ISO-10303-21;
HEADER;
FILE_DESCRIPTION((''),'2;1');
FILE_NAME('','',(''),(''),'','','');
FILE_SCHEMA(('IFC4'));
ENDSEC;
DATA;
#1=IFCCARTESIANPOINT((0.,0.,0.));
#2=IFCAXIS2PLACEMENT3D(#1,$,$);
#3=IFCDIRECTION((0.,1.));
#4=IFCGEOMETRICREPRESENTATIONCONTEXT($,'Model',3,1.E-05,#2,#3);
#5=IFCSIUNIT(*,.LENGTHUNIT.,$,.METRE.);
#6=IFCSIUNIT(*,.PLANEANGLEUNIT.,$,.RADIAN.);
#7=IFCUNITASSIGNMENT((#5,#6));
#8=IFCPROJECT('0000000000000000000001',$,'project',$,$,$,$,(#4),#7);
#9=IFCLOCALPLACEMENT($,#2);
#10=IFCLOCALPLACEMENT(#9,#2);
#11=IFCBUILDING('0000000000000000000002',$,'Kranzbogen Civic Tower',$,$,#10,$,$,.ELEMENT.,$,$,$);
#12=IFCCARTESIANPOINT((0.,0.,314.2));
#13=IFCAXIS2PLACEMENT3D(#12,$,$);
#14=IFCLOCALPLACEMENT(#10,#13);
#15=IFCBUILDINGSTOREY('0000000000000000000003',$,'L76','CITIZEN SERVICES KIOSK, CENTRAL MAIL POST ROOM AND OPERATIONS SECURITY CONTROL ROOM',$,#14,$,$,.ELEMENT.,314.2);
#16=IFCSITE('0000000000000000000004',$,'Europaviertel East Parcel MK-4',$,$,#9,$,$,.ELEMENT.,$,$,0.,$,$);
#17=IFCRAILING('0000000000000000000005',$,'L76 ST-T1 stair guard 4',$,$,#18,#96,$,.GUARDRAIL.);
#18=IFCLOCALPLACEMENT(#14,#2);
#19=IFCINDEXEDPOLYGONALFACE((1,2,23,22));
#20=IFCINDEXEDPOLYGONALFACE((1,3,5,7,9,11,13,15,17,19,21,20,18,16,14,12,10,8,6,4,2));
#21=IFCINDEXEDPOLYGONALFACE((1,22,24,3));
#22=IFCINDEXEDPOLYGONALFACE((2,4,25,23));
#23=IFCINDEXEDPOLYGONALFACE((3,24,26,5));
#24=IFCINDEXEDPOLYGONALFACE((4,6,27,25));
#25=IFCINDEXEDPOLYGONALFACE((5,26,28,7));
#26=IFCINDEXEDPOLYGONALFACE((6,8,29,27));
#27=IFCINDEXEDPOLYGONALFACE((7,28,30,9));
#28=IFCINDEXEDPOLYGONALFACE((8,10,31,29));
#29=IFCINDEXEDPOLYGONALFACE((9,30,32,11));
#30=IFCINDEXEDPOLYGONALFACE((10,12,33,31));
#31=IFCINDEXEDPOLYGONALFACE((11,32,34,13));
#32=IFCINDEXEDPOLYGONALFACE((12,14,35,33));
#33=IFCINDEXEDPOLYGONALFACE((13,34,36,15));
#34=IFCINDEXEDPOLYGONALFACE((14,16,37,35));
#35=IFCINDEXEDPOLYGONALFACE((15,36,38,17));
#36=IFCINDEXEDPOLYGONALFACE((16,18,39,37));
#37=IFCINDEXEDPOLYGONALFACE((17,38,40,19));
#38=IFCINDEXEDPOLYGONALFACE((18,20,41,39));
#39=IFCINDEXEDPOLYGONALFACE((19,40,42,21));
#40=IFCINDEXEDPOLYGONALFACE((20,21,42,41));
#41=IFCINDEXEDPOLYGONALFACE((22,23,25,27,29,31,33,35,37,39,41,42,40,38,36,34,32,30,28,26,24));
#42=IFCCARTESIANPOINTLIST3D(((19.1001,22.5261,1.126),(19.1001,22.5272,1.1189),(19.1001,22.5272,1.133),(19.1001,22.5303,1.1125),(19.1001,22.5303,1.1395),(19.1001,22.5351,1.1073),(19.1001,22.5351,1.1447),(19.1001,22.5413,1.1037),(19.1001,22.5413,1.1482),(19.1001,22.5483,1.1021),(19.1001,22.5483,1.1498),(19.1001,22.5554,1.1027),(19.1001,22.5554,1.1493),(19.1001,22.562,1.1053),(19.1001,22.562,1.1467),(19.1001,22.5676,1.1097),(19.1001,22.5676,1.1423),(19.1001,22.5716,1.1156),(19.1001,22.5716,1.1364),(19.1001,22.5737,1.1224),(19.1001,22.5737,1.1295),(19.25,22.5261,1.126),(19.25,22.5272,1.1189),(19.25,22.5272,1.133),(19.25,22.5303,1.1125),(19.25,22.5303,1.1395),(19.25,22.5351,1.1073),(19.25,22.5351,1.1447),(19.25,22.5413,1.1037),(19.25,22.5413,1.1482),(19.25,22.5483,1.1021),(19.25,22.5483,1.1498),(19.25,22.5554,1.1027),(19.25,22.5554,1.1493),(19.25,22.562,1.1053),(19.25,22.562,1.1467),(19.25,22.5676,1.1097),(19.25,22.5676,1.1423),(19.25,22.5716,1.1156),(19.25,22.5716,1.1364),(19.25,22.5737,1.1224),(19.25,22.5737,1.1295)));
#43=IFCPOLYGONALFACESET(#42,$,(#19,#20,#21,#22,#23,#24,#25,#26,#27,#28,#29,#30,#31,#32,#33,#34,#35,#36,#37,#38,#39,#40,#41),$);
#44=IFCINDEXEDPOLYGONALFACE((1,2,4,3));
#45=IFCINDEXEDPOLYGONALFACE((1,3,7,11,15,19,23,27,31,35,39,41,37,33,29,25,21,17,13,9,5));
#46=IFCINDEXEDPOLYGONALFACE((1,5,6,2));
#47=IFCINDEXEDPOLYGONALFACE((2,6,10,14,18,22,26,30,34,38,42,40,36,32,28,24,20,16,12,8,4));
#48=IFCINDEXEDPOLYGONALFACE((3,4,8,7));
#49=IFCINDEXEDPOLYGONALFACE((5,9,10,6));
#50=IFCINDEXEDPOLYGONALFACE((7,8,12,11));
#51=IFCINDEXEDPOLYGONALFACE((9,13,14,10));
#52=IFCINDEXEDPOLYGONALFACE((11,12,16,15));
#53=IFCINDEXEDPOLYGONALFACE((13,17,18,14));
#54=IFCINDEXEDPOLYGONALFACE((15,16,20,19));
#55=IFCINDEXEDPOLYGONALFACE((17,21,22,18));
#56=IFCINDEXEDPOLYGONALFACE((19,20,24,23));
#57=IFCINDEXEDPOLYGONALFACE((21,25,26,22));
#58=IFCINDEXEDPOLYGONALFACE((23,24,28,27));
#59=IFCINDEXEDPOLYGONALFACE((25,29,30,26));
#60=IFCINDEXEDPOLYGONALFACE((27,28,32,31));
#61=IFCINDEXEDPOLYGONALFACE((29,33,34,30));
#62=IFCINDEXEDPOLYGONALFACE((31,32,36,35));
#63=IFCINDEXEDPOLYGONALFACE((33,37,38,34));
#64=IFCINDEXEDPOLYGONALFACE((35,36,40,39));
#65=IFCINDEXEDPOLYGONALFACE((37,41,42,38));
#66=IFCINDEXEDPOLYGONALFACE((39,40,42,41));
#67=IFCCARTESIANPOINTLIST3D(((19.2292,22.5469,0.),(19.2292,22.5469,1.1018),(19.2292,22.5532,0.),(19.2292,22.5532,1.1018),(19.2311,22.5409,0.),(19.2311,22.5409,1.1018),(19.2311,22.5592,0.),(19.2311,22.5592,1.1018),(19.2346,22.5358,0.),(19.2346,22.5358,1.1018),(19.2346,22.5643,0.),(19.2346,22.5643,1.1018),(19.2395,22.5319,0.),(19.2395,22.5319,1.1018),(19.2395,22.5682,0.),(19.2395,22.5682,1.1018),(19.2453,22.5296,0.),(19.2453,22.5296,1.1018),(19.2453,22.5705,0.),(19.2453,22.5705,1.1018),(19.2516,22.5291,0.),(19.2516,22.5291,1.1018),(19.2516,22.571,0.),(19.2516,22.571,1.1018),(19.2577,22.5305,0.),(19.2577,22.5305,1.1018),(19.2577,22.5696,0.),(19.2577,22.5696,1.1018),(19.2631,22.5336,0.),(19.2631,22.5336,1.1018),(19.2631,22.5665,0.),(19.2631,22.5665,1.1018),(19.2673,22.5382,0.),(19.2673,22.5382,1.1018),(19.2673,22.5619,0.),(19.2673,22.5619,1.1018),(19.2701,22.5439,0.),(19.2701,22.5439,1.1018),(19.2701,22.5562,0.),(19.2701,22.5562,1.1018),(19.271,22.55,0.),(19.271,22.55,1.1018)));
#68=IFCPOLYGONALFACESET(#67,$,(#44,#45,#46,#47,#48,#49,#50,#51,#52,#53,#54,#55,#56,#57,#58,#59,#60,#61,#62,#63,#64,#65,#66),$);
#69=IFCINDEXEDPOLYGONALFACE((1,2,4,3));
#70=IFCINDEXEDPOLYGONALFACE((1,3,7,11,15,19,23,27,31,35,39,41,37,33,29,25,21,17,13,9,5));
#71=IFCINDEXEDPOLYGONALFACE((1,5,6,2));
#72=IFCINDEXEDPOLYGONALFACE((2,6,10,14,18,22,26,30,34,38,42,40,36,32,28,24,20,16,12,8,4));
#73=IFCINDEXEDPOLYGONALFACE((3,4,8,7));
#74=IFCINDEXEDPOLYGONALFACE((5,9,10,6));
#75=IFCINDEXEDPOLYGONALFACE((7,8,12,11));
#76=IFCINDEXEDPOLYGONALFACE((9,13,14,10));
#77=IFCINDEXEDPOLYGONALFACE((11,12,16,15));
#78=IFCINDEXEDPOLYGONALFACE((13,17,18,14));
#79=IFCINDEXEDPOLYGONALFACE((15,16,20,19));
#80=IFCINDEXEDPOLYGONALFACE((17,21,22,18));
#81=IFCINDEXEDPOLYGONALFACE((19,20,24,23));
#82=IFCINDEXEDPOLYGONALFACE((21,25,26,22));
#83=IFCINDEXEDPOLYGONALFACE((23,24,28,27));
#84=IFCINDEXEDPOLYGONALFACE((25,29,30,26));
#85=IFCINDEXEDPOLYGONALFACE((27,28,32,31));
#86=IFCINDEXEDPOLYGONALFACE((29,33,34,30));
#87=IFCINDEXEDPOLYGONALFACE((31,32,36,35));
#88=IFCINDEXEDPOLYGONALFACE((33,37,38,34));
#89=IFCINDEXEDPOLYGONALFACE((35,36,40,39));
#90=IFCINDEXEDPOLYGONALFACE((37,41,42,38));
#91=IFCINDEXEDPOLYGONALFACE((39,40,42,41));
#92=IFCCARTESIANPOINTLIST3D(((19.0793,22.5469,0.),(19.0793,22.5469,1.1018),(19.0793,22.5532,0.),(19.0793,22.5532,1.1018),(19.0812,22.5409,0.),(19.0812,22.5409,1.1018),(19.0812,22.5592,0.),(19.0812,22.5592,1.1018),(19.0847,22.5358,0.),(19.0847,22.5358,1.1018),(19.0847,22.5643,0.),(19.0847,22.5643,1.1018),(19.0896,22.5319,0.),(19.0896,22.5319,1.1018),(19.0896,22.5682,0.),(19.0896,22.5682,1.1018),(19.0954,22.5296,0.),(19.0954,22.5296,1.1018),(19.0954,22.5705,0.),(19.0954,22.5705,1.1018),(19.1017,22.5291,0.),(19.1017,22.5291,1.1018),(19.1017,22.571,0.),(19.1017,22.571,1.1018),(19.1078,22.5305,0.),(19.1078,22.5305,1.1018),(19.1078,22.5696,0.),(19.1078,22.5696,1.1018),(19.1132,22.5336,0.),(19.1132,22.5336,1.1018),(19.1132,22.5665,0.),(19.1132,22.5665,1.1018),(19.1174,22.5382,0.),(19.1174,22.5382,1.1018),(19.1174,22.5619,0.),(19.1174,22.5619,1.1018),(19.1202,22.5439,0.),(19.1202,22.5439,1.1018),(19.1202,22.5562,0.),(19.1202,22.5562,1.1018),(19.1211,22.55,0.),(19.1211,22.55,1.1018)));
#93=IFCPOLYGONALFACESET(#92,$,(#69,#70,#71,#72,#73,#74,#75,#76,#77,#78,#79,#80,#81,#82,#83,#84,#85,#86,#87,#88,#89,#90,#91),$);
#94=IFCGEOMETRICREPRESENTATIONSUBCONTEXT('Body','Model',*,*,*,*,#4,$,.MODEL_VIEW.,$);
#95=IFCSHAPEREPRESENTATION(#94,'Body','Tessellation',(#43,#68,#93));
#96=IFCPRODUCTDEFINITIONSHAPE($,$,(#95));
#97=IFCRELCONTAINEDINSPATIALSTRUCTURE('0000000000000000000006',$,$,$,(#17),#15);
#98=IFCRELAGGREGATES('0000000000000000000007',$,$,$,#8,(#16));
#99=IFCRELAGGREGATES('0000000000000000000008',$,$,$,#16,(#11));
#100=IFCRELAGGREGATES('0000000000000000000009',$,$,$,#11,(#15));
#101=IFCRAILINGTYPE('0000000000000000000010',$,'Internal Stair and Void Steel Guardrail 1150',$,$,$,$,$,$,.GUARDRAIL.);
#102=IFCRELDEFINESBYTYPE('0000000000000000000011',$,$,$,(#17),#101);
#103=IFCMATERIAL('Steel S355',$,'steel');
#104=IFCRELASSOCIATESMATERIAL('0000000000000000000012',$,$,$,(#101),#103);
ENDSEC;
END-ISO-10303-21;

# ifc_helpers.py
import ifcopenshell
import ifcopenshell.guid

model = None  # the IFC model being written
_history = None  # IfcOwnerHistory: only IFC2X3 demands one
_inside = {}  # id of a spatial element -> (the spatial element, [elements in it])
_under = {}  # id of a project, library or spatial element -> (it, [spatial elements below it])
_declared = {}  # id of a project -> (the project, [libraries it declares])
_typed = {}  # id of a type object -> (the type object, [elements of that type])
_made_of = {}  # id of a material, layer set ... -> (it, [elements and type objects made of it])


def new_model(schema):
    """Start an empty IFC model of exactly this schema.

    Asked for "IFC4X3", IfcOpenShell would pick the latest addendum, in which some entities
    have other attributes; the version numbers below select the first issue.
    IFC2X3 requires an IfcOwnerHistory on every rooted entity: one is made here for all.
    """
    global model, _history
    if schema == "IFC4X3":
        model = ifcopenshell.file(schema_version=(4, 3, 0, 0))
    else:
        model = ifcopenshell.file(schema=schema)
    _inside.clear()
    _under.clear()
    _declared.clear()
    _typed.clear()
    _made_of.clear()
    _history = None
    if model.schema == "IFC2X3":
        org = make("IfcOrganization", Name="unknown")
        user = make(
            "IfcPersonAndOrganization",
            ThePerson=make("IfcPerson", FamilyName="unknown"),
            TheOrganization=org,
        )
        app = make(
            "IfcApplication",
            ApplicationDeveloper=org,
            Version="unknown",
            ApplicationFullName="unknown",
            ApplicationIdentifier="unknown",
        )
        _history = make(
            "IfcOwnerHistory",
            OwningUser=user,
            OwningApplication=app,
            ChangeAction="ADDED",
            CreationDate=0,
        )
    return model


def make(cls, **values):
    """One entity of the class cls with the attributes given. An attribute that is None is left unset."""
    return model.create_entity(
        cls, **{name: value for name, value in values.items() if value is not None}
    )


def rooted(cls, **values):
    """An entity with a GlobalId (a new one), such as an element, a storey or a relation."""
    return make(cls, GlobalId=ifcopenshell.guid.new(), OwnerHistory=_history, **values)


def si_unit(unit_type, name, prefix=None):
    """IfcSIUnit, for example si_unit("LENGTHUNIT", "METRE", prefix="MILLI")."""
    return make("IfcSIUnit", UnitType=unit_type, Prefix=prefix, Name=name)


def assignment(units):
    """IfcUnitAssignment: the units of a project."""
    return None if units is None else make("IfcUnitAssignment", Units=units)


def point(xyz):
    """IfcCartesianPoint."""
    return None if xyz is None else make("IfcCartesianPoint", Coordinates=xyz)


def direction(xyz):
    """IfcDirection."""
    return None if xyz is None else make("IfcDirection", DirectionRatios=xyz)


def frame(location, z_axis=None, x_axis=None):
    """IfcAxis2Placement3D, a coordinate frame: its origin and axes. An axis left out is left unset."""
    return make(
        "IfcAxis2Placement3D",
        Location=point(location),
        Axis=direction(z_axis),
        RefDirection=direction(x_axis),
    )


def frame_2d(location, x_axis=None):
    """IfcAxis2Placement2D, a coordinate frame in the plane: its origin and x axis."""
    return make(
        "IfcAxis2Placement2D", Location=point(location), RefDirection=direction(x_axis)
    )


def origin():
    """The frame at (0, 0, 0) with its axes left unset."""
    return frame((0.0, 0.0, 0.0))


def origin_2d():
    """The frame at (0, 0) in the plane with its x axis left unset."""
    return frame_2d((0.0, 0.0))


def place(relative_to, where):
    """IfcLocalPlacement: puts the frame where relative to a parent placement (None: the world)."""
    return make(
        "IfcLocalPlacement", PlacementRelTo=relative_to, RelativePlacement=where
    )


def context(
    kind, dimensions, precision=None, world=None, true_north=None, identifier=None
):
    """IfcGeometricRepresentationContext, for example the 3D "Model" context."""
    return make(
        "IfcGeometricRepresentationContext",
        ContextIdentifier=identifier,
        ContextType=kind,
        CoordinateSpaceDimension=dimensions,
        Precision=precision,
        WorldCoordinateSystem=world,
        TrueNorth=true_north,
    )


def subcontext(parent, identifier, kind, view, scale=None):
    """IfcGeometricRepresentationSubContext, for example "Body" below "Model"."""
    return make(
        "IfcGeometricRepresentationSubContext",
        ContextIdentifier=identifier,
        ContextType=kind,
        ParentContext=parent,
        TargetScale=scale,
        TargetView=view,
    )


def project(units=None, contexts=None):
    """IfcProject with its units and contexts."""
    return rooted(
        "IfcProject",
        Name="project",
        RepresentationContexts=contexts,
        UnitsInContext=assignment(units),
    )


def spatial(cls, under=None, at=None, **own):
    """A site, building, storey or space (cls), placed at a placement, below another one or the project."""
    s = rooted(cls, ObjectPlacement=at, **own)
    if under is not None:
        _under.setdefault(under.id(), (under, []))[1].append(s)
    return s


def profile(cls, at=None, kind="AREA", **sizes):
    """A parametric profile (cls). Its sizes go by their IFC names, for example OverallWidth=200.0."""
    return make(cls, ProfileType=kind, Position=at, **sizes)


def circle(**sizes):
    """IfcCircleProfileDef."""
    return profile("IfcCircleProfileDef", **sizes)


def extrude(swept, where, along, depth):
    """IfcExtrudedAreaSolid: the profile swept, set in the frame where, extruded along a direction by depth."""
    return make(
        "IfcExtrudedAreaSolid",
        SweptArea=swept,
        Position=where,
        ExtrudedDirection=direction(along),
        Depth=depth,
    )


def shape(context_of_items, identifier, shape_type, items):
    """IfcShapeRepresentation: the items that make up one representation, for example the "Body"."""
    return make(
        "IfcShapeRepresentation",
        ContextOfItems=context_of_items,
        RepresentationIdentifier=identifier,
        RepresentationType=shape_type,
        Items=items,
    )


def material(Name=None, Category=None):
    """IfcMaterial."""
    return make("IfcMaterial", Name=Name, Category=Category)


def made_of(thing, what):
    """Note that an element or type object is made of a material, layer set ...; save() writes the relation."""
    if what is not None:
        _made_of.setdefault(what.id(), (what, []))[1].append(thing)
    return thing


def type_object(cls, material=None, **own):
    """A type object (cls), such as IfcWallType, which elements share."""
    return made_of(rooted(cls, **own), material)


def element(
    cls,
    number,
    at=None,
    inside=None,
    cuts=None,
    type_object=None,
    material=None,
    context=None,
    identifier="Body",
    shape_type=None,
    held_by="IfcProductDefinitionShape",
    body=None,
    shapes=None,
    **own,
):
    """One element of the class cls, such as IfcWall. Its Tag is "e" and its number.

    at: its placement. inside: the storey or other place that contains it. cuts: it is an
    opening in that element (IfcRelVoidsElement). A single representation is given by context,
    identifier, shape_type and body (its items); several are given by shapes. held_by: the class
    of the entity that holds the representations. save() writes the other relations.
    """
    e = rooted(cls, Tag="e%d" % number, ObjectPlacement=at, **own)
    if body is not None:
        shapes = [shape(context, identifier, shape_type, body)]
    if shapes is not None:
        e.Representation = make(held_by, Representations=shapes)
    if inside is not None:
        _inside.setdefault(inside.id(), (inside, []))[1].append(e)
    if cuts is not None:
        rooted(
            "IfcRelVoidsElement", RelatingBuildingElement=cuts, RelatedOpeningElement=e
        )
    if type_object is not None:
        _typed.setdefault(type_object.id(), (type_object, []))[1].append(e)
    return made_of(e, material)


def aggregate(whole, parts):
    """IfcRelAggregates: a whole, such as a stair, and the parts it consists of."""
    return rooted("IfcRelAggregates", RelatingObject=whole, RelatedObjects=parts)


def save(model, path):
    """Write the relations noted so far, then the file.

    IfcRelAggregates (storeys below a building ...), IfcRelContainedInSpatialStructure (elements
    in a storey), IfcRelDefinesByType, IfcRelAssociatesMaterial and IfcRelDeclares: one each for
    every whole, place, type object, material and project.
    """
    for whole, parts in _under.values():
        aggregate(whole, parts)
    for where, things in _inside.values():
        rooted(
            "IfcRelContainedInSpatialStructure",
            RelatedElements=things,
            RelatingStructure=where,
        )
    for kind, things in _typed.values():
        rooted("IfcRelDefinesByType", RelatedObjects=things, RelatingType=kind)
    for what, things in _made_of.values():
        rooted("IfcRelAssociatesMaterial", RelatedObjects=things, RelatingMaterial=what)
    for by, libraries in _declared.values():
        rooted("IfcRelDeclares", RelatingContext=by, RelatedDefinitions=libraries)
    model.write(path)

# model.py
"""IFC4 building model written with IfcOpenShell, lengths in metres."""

from ifc_helpers import new_model, si_unit, direction, frame, origin, origin_2d, place, context, subcontext, project, spatial, circle, extrude, material, type_object, element, save


model = new_model("IFC4")

# Units and contexts
model_context = context("Model", 3, precision=1e-05, world=origin(), true_north=direction((0.0, 1.0)))
body_context = subcontext(model_context, "Body", "Model", "MODEL_VIEW")
ifc_project = project(units=[si_unit("LENGTHUNIT", "METRE"), si_unit("PLANEANGLEUNIT", "RADIAN")], contexts=[model_context])

# Site, building, storey
site_placement = place(None, origin())
site = spatial("IfcSite", under=ifc_project, at=site_placement, Name="Europaviertel East Parcel MK-4", CompositionType="ELEMENT", RefElevation=0.0)
building_placement = place(site_placement, origin())
building = spatial("IfcBuilding", under=site, at=building_placement, Name="Kranzbogen Civic Tower", CompositionType="ELEMENT")
storey_placement = place(building_placement, frame((0.0, 0.0, 314.2)))
storey = spatial("IfcBuildingStorey", under=building, at=storey_placement, Name="L76", Description="CITIZEN SERVICES KIOSK, CENTRAL MAIL POST ROOM AND OPERATIONS SECURITY CONTROL ROOM", CompositionType="ELEMENT", Elevation=314.2)

# Shared definitions
ifc_material_1 = material(Name="Steel S355", Category="steel")

# Railing
railing_type_1 = type_object("IfcRailingType", Name="Internal Stair and Void Steel Guardrail 1150", PredefinedType="GUARDRAIL", material=ifc_material_1)
railing_1_placement = place(storey_placement, frame((19.25, 22.55, 0.0)))
element("IfcRailing", 1, at=railing_1_placement, inside=storey, type_object=railing_type_1, Name="L76 ST-T1 stair guard 4", PredefinedType="GUARDRAIL", context=body_context, shape_type="SweptSolid", body=[
    extrude(circle(Radius=0.0239, at=origin_2d()), frame((0.0, 0.0, 1.126), z_axis=(-1.0, 0.0, 0.0), x_axis=(0.0, -1.0, 0.0)), (0.0, 0.0, 1.0), 0.1499),
    extrude(circle(Radius=0.021, at=origin_2d()), origin(), (0.0, 0.0, 1.0), 1.1018),
    extrude(circle(Radius=0.021, at=origin_2d()), frame((-0.1499, 0.0, 0.0)), (0.0, 0.0, 1.0), 1.1018),
])

save(model, "model.ifc")
